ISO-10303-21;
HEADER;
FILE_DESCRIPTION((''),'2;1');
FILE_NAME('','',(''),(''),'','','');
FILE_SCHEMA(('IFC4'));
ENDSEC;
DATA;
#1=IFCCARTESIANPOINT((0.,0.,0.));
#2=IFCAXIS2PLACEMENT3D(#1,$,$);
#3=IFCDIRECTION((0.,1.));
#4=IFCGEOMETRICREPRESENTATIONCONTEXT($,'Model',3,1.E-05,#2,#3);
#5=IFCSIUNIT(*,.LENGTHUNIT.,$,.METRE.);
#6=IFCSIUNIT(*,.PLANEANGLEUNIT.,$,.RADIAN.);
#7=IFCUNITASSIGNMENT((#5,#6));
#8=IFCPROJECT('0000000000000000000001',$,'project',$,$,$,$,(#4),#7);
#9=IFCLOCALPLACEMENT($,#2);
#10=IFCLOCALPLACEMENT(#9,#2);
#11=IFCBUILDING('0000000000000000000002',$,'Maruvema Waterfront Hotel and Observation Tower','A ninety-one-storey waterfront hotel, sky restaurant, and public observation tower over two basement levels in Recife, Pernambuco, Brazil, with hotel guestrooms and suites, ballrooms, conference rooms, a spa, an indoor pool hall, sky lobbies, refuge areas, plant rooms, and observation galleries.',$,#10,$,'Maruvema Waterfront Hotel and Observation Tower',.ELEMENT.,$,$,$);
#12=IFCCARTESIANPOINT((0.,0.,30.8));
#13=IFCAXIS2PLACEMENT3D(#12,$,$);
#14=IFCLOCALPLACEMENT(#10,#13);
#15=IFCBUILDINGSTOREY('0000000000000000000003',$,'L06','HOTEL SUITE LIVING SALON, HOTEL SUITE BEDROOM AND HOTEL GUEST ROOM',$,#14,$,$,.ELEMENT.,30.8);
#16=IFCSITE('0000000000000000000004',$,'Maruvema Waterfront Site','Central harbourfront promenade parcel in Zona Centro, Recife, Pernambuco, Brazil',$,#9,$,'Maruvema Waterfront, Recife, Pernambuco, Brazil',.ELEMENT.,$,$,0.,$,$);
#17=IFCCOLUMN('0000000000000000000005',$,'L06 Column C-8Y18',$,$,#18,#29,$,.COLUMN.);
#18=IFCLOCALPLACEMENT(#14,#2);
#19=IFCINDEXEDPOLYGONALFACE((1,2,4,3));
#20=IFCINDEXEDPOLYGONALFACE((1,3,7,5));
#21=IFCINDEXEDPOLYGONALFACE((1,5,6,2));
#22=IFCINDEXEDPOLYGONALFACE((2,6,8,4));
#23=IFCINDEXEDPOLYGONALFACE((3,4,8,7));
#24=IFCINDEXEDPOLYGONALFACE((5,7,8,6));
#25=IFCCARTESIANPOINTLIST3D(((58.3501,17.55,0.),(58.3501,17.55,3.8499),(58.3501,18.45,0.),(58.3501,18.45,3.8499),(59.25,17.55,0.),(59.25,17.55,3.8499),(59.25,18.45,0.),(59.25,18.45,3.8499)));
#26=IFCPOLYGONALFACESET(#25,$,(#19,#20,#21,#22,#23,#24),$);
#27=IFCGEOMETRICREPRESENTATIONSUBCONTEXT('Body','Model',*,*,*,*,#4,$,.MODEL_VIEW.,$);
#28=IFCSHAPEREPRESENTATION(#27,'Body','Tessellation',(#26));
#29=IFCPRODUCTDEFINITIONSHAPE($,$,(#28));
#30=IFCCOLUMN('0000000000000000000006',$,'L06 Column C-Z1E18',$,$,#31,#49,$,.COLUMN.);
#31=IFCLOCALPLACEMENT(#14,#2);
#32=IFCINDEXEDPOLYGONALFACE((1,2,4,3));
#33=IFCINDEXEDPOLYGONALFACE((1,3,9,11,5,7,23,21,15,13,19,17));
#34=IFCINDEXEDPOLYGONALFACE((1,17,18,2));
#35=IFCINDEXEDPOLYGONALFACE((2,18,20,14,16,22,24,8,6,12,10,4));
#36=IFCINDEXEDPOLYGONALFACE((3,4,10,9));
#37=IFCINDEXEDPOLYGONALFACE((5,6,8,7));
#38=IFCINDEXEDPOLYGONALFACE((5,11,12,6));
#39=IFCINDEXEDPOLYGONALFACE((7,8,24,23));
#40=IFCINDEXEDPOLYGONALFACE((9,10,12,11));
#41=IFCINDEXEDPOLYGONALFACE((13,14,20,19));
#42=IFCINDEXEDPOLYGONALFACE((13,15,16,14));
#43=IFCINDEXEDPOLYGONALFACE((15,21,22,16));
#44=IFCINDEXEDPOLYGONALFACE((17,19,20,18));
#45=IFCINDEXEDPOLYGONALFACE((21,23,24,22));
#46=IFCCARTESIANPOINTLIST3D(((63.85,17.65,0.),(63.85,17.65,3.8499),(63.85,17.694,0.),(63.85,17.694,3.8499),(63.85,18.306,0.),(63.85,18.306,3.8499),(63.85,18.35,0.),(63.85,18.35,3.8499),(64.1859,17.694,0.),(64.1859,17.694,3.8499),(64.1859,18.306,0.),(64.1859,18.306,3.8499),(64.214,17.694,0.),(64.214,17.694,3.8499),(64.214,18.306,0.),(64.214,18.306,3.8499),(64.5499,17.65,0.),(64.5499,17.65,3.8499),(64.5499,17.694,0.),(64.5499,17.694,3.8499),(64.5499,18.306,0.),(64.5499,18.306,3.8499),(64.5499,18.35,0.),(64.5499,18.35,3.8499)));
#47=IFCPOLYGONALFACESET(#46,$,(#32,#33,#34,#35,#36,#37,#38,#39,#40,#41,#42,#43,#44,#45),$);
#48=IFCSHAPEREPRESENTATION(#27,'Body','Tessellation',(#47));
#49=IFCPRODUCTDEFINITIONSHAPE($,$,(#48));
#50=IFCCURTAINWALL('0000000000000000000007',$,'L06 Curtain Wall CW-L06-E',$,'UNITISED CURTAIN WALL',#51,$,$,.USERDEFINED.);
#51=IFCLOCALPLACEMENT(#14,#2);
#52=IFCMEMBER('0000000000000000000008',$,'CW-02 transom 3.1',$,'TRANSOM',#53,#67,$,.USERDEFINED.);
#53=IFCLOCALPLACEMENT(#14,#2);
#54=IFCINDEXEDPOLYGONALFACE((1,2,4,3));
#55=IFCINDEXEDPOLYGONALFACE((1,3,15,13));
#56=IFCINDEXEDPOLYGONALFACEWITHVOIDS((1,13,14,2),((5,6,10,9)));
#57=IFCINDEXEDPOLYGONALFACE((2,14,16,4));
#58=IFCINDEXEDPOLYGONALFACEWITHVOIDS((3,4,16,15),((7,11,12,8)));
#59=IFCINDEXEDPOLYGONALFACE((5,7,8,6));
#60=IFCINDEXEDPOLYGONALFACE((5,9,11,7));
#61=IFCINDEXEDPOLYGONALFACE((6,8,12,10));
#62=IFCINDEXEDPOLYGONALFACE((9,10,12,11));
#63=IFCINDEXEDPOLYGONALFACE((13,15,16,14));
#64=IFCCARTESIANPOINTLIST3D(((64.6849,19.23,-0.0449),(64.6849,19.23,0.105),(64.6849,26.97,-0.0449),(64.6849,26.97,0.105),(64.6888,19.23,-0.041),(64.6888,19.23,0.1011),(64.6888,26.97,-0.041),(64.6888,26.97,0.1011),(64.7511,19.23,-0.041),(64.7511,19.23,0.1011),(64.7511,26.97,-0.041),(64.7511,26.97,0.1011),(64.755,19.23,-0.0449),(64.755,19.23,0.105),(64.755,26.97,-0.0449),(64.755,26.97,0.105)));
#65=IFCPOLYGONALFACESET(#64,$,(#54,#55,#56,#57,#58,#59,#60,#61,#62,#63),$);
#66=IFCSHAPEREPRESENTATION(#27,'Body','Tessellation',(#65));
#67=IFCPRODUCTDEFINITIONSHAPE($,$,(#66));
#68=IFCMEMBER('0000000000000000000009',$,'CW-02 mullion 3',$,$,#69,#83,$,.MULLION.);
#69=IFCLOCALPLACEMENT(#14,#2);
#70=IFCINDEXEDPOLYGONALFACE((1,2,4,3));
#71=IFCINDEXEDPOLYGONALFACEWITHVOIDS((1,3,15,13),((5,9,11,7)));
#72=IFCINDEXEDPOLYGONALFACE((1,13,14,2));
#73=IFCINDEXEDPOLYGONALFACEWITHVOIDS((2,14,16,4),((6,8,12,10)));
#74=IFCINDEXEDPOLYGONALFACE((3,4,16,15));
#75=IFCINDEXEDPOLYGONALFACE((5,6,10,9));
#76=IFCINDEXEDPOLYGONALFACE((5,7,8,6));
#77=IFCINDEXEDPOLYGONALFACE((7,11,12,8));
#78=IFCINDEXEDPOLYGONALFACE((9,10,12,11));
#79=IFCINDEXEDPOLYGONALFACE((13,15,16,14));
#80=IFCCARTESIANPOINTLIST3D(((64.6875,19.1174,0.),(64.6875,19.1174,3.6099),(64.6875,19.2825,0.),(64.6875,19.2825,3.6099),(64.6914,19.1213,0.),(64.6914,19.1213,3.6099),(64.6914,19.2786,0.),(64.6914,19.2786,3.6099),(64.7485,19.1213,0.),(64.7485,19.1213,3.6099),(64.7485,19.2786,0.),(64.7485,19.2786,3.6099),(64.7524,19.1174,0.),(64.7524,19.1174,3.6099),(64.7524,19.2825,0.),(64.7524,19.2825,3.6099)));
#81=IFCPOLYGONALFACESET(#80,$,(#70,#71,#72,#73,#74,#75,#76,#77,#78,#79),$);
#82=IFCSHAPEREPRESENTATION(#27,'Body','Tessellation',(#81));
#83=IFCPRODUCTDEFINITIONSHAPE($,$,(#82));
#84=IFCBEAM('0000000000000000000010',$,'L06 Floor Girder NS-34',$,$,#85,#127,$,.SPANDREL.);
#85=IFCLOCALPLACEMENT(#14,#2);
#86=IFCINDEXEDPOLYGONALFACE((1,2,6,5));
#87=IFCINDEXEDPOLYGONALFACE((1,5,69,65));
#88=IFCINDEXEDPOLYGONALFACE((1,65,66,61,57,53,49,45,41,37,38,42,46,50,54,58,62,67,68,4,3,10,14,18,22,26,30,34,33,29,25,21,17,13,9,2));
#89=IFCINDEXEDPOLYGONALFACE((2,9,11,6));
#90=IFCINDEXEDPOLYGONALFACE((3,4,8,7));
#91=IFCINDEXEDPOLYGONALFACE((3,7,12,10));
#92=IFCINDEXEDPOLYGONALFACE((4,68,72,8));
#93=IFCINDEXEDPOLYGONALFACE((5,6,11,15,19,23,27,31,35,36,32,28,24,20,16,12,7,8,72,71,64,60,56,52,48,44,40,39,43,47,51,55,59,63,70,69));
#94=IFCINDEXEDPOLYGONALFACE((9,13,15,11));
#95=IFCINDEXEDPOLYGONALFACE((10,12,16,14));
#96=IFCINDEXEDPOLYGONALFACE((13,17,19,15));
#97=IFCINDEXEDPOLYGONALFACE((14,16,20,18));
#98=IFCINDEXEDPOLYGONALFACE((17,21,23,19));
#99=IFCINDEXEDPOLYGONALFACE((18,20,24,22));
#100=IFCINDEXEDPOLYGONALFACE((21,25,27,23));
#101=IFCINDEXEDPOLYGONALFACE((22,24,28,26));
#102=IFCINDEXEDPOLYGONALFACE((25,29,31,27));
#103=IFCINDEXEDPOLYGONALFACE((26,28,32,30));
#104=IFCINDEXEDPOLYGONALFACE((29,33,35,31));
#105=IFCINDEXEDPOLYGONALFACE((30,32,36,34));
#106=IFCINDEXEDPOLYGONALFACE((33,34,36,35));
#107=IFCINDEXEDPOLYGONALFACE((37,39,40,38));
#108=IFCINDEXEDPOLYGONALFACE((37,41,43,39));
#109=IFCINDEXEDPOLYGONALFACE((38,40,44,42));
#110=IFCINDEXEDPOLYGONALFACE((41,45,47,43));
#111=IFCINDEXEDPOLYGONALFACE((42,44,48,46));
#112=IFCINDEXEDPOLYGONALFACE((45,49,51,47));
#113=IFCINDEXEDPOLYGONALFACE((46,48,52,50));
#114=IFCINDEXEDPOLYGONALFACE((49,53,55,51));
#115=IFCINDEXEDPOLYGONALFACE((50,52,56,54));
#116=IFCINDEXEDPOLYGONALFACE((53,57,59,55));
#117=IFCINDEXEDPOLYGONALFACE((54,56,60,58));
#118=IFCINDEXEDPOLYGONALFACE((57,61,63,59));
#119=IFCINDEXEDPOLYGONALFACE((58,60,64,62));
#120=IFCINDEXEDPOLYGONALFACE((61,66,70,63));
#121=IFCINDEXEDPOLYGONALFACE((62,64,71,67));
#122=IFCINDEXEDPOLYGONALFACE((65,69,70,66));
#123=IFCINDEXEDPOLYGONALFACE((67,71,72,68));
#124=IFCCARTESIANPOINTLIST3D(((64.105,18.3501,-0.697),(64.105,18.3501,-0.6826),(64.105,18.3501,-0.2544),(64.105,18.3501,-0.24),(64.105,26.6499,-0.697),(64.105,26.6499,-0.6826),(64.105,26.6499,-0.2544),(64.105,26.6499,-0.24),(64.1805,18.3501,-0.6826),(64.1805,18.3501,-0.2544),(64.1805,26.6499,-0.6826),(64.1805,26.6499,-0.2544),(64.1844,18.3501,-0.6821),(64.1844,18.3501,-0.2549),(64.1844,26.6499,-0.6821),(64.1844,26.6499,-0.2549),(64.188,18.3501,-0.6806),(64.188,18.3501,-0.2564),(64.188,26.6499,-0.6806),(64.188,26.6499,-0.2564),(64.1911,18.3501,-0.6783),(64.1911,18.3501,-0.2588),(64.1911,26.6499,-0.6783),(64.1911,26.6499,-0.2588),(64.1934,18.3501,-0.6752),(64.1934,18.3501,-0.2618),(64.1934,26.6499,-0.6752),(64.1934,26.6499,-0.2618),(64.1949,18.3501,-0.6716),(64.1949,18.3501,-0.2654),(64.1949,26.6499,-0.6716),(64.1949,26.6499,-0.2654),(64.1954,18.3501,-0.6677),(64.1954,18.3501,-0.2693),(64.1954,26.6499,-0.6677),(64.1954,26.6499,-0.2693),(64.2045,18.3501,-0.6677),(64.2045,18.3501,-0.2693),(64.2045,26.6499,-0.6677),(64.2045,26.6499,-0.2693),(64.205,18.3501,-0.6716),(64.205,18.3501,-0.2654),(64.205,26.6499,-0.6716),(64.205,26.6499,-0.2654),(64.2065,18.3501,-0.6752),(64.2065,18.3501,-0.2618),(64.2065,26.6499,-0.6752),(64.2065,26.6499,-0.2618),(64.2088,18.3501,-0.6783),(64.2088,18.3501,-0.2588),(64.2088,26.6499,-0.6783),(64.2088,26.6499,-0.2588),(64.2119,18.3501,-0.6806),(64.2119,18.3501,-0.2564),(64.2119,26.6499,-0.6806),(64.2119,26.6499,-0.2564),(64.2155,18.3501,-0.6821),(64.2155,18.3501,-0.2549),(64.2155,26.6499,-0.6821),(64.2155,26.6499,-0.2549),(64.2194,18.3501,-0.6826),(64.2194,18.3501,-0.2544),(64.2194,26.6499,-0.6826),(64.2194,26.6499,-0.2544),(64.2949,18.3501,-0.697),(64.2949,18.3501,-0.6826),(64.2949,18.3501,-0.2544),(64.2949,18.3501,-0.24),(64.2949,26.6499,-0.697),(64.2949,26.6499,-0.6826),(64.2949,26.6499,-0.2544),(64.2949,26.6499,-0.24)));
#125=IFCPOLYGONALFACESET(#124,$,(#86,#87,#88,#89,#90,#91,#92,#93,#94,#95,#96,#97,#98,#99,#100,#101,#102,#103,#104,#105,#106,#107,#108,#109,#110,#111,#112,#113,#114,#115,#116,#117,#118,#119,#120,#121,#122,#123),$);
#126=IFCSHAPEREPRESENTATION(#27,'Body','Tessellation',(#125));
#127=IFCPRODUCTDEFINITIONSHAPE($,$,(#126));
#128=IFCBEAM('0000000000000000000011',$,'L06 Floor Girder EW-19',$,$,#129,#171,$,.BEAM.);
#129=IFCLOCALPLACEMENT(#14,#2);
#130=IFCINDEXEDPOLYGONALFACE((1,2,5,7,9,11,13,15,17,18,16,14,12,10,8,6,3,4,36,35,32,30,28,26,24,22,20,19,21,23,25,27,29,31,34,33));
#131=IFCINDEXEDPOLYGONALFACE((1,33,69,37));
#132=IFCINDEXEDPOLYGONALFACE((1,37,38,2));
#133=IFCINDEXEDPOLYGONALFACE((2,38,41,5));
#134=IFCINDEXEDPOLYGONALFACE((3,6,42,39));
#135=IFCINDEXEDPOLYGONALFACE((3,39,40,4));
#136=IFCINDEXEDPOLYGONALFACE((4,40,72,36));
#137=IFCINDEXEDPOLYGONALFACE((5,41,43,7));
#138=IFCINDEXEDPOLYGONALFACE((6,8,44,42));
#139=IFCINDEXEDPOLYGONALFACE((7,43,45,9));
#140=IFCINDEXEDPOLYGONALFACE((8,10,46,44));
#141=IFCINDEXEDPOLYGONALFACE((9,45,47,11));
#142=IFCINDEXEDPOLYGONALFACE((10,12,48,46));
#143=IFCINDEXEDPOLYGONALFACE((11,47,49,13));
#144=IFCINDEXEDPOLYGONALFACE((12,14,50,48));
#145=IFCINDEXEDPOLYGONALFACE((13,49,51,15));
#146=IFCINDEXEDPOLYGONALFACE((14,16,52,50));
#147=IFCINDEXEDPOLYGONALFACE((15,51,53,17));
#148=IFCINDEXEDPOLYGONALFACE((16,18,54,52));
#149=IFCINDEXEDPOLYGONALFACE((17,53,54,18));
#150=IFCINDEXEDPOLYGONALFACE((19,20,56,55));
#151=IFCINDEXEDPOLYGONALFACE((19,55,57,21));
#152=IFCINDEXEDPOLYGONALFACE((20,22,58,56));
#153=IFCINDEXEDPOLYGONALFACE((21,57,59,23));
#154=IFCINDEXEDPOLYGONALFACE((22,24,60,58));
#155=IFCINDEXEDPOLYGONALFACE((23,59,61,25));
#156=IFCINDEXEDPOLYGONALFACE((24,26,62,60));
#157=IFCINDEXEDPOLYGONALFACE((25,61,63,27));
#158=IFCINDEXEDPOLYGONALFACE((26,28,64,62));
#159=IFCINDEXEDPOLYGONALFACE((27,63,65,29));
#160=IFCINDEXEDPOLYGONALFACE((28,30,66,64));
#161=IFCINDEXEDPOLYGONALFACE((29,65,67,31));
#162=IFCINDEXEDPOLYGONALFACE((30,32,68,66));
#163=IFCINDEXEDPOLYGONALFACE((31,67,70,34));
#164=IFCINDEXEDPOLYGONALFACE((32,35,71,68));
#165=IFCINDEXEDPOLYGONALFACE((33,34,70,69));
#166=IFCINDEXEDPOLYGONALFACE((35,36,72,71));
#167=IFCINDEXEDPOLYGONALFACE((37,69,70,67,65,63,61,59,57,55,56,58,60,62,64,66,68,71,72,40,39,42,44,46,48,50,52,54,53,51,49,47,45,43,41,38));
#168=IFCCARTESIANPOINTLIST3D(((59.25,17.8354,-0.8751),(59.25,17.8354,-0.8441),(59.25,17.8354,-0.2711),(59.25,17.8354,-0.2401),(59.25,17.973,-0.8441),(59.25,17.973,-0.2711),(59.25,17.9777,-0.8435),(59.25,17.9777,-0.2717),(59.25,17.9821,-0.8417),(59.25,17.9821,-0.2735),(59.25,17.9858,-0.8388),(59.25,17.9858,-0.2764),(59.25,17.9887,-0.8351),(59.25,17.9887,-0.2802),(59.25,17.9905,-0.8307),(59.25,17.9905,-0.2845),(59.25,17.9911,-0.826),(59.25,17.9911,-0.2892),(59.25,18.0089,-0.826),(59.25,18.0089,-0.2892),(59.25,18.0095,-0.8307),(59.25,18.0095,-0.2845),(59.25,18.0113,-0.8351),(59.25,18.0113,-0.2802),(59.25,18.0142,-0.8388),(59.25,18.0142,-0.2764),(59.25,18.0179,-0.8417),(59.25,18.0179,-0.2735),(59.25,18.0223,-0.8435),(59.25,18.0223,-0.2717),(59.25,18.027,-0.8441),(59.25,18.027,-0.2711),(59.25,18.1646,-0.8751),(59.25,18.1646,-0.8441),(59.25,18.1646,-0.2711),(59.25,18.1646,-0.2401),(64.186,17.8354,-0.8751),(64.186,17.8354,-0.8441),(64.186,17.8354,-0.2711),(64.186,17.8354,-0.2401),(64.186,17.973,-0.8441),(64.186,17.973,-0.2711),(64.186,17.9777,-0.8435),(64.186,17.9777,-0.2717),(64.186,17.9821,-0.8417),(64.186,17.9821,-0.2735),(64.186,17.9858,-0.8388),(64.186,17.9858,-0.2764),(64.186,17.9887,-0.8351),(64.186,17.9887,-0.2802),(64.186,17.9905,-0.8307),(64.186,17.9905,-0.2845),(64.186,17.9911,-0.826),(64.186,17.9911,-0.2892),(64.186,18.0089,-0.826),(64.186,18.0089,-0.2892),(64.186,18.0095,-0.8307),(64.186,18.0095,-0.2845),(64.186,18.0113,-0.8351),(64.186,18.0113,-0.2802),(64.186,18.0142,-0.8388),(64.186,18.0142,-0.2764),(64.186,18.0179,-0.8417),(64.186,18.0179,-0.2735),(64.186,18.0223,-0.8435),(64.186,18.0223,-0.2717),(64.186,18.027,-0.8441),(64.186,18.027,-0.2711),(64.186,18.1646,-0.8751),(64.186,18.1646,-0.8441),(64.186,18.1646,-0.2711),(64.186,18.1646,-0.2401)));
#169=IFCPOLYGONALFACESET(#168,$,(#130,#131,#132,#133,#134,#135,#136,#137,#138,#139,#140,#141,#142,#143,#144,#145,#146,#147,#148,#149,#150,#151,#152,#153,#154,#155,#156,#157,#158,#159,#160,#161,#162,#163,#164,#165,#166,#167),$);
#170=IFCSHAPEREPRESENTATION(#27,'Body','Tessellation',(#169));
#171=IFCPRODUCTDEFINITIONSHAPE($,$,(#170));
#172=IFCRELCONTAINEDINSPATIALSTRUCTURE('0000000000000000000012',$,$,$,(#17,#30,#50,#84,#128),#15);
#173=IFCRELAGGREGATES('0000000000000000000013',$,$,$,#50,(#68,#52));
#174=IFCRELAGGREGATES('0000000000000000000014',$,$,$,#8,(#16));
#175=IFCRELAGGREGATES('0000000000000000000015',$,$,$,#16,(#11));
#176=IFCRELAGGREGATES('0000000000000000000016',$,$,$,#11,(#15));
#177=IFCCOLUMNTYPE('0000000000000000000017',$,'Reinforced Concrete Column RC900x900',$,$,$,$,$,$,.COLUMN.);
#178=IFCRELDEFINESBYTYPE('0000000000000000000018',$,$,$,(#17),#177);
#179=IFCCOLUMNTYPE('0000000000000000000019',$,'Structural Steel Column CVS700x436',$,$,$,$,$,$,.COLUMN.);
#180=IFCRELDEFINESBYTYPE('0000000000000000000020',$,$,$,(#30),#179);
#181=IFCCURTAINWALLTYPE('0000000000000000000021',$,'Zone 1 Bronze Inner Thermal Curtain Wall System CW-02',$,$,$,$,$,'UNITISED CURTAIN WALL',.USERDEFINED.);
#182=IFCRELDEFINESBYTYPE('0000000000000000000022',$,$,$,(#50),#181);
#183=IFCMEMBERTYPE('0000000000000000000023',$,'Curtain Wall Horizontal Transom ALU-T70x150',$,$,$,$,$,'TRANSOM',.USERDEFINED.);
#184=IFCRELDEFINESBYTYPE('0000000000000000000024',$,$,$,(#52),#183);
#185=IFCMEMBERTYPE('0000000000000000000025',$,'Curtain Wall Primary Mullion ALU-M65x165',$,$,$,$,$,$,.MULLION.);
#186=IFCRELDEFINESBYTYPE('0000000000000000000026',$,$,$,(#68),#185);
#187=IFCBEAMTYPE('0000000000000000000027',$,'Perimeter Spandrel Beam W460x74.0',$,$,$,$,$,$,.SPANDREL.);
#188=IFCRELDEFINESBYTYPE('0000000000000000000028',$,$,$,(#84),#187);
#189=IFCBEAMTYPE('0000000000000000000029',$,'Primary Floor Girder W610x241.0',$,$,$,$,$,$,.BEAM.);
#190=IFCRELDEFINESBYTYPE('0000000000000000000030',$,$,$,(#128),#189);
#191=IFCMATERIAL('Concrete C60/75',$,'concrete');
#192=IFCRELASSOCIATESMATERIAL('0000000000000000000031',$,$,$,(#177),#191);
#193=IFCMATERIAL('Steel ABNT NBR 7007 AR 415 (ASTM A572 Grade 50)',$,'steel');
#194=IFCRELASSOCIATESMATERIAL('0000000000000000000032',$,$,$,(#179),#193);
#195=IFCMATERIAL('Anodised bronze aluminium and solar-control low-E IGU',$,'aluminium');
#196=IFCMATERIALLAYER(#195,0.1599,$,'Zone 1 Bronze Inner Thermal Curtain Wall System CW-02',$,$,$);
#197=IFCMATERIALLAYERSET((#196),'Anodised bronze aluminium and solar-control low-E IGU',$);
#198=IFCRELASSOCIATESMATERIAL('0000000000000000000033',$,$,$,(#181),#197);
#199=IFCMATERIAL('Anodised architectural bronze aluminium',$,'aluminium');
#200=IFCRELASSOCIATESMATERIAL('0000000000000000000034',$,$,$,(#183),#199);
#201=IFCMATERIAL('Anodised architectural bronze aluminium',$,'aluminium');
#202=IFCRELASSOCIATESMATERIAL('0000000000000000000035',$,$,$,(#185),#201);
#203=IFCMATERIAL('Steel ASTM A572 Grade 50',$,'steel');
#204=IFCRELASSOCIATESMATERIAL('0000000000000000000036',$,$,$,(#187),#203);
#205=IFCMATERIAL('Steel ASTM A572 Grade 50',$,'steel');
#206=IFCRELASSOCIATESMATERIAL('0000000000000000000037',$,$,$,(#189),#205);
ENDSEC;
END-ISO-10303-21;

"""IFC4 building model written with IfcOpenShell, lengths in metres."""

from ifc_helpers import new_model, si_unit, direction, frame, origin, origin_2d, place, context, subcontext, project, spatial, rectangle, hollow_rectangle, i_section, extrude, material, layer, layer_set, material_profile, profile_set, type_object, element, aggregate, save


model = new_model("IFC4")

# Units and contexts
model_context = context("Model", 3, precision=1e-05, world=origin(), true_north=direction((0.0, 1.0)))
body_context = subcontext(model_context, "Body", "Model", "MODEL_VIEW")
ifc_project = project(units=[si_unit("LENGTHUNIT", "METRE"), si_unit("PLANEANGLEUNIT", "RADIAN")], contexts=[model_context])

# Site, building, storey
site_placement = place(None, origin())
site = spatial("IfcSite", under=ifc_project, at=site_placement, Name="Maruvema Waterfront Site", Description="Central harbourfront promenade parcel in Zona Centro, Recife, Pernambuco, Brazil", LongName="Maruvema Waterfront, Recife, Pernambuco, Brazil", CompositionType="ELEMENT", RefElevation=0.0)
building_placement = place(site_placement, origin())
building = spatial("IfcBuilding", under=site, at=building_placement, Name="Maruvema Waterfront Hotel and Observation Tower", Description="A ninety-one-storey waterfront hotel, sky restaurant, and public observation tower over two basement levels in Recife, Pernambuco, Brazil, with hotel guestrooms and suites, ballrooms, conference rooms, a spa, an indoor pool hall, sky lobbies, refuge areas, plant rooms, and observation galleries.", LongName="Maruvema Waterfront Hotel and Observation Tower", CompositionType="ELEMENT")
storey_placement = place(building_placement, frame((0.0, 0.0, 30.8)))
storey = spatial("IfcBuildingStorey", under=building, at=storey_placement, Name="L06", Description="HOTEL SUITE LIVING SALON, HOTEL SUITE BEDROOM AND HOTEL GUEST ROOM", CompositionType="ELEMENT", Elevation=30.8)

# Columns
ifc_material_1 = material(Name="Concrete C60/75", Category="concrete")
ifc_material_profile_1 = material_profile(ifc_material_1, rectangle(XDim=0.8999, YDim=0.8999, at=origin_2d()), Name="RC900x900")
ifc_profile_set_1 = profile_set([ifc_material_profile_1], Name="Concrete C60/75")
column_type_1 = type_object("IfcColumnType", Name="Reinforced Concrete Column RC900x900", PredefinedType="COLUMN", material=ifc_profile_set_1)
column_1_placement = place(storey_placement, frame((58.8, 18.0, 0.0), z_axis=(0.0, 0.0, 1.0), x_axis=(1.0, 0.0, 0.0)))
element("IfcColumn", 1, at=column_1_placement, inside=storey, type_object=column_type_1, Name="L06 Column C-8Y18", PredefinedType="COLUMN", context=body_context, shape_type="SweptSolid", body=[
    extrude(rectangle(XDim=0.8999, YDim=0.8999, at=origin_2d()), origin(), (0.0, 0.0, 1.0), 3.8499),
])
ifc_material_2 = material(Name="Steel ABNT NBR 7007 AR 415 (ASTM A572 Grade 50)", Category="steel")
ifc_material_profile_2 = material_profile(ifc_material_2, i_section(OverallWidth=0.7, OverallDepth=0.7, WebThickness=0.0281, FlangeThickness=0.0439, at=origin_2d()), Name="CVS700x436")
ifc_profile_set_2 = profile_set([ifc_material_profile_2], Name="Steel ABNT NBR 7007 AR 415 (ASTM A572 Grade 50)")
column_type_2 = type_object("IfcColumnType", Name="Structural Steel Column CVS700x436", PredefinedType="COLUMN", material=ifc_profile_set_2)
column_2_placement = place(storey_placement, frame((64.2, 18.0, 0.0), z_axis=(0.0, 0.0, 1.0), x_axis=(1.0, 0.0, 0.0)))
element("IfcColumn", 2, at=column_2_placement, inside=storey, type_object=column_type_2, Name="L06 Column C-Z1E18", PredefinedType="COLUMN", context=body_context, shape_type="SweptSolid", body=[
    extrude(i_section(OverallWidth=0.7, OverallDepth=0.7, WebThickness=0.0281, FlangeThickness=0.0439, at=origin_2d()), origin(), (0.0, 0.0, 1.0), 3.8499),
])

# Curtain wall, members
ifc_material_3 = material(Name="Anodised bronze aluminium and solar-control low-E IGU", Category="aluminium")
ifc_layer_1 = layer(ifc_material_3, 0.1599, Name="Zone 1 Bronze Inner Thermal Curtain Wall System CW-02")
ifc_layer_set_1 = layer_set([ifc_layer_1], Name="Anodised bronze aluminium and solar-control low-E IGU")
curtain_wall_type = type_object("IfcCurtainWallType", Name="Zone 1 Bronze Inner Thermal Curtain Wall System CW-02", ElementType="UNITISED CURTAIN WALL", PredefinedType="USERDEFINED", material=ifc_layer_set_1)
curtain_wall_placement = place(storey_placement, origin())
curtain_wall = element("IfcCurtainWall", 3, at=curtain_wall_placement, inside=storey, type_object=curtain_wall_type, Name="L06 Curtain Wall CW-L06-E", ObjectType="UNITISED CURTAIN WALL", PredefinedType="USERDEFINED")
ifc_material_4 = material(Name="Anodised architectural bronze aluminium", Category="aluminium")
ifc_material_profile_3 = material_profile(ifc_material_4, hollow_rectangle(XDim=0.0701, YDim=0.1499, WallThickness=0.0039, at=origin_2d()), Name="ALU-T70x150")
ifc_profile_set_3 = profile_set([ifc_material_profile_3], Name="Anodised architectural bronze aluminium")
member_type_1 = type_object("IfcMemberType", Name="Curtain Wall Horizontal Transom ALU-T70x150", ElementType="TRANSOM", PredefinedType="USERDEFINED", material=ifc_profile_set_3)
member_1_placement = place(storey_placement, frame((64.72, 19.23, 0.03), z_axis=(0.0, 1.0, 0.0), x_axis=(-1.0, 0.0, 0.0)))
member_1 = element("IfcMember", 4, at=member_1_placement, type_object=member_type_1, Name="CW-02 transom 3.1", ObjectType="TRANSOM", PredefinedType="USERDEFINED", context=body_context, shape_type="SweptSolid", body=[
    extrude(hollow_rectangle(XDim=0.0701, YDim=0.1499, WallThickness=0.0039, at=origin_2d()), origin(), (0.0, 0.0, 1.0), 7.74),
])
ifc_material_5 = material(Name="Anodised architectural bronze aluminium", Category="aluminium")
ifc_material_profile_4 = material_profile(ifc_material_5, hollow_rectangle(XDim=0.0649, YDim=0.165, WallThickness=0.0039, at=origin_2d()), Name="ALU-M65x165")
ifc_profile_set_4 = profile_set([ifc_material_profile_4], Name="Anodised architectural bronze aluminium")
member_type_2 = type_object("IfcMemberType", Name="Curtain Wall Primary Mullion ALU-M65x165", PredefinedType="MULLION", material=ifc_profile_set_4)
member_2_placement = place(storey_placement, frame((64.72, 19.2, 0.0), z_axis=(0.0, 0.0, 1.0), x_axis=(-1.0, 0.0, 0.0)))
member_2 = element("IfcMember", 5, at=member_2_placement, type_object=member_type_2, Name="CW-02 mullion 3", PredefinedType="MULLION", context=body_context, shape_type="SweptSolid", body=[
    extrude(hollow_rectangle(XDim=0.0649, YDim=0.165, WallThickness=0.0039, at=origin_2d()), origin(), (0.0, 0.0, 1.0), 3.6099),
])

# Beams
ifc_material_6 = material(Name="Steel ASTM A572 Grade 50", Category="steel")
ifc_material_profile_5 = material_profile(ifc_material_6, i_section(OverallWidth=0.1899, OverallDepth=0.457, WebThickness=0.009, FlangeThickness=0.0144, FilletRadius=0.0149, at=origin_2d()), Name="W460x74.0")
ifc_profile_set_5 = profile_set([ifc_material_profile_5], Name="Steel ASTM A572 Grade 50")
beam_type_1 = type_object("IfcBeamType", Name="Perimeter Spandrel Beam W460x74.0", PredefinedType="SPANDREL", material=ifc_profile_set_5)
beam_1_placement = place(storey_placement, frame((64.2, 18.3501, -0.4685), z_axis=(0.0, 1.0, 0.0), x_axis=(-1.0, 0.0, 0.0)))
element("IfcBeam", 6, at=beam_1_placement, inside=storey, type_object=beam_type_1, Name="L06 Floor Girder NS-34", PredefinedType="SPANDREL", context=body_context, shape_type="SweptSolid", body=[
    extrude(i_section(OverallWidth=0.1899, OverallDepth=0.457, WebThickness=0.009, FlangeThickness=0.0144, FilletRadius=0.0149, at=origin_2d()), origin(), (0.0, 0.0, 1.0), 8.2998),
])
ifc_material_7 = material(Name="Steel ASTM A572 Grade 50", Category="steel")
ifc_material_profile_6 = material_profile(ifc_material_7, i_section(OverallWidth=0.3291, OverallDepth=0.635, WebThickness=0.0178, FlangeThickness=0.031, FilletRadius=0.0181, at=origin_2d()), Name="W610x241.0")
ifc_profile_set_6 = profile_set([ifc_material_profile_6], Name="Steel ASTM A572 Grade 50")
beam_type_2 = type_object("IfcBeamType", Name="Primary Floor Girder W610x241.0", PredefinedType="BEAM", material=ifc_profile_set_6)
beam_2_placement = place(storey_placement, frame((59.25, 18.0, -0.5576), z_axis=(1.0, 0.0, 0.0), x_axis=(0.0, 1.0, 0.0)))
element("IfcBeam", 7, at=beam_2_placement, inside=storey, type_object=beam_type_2, Name="L06 Floor Girder EW-19", PredefinedType="BEAM", context=body_context, shape_type="SweptSolid", body=[
    extrude(i_section(OverallWidth=0.3291, OverallDepth=0.635, WebThickness=0.0178, FlangeThickness=0.031, FilletRadius=0.0181, at=origin_2d()), origin(), (0.0, 0.0, 1.0), 4.936),
])

aggregate(curtain_wall, [member_2, member_1])

save(model, "model.ifc")
